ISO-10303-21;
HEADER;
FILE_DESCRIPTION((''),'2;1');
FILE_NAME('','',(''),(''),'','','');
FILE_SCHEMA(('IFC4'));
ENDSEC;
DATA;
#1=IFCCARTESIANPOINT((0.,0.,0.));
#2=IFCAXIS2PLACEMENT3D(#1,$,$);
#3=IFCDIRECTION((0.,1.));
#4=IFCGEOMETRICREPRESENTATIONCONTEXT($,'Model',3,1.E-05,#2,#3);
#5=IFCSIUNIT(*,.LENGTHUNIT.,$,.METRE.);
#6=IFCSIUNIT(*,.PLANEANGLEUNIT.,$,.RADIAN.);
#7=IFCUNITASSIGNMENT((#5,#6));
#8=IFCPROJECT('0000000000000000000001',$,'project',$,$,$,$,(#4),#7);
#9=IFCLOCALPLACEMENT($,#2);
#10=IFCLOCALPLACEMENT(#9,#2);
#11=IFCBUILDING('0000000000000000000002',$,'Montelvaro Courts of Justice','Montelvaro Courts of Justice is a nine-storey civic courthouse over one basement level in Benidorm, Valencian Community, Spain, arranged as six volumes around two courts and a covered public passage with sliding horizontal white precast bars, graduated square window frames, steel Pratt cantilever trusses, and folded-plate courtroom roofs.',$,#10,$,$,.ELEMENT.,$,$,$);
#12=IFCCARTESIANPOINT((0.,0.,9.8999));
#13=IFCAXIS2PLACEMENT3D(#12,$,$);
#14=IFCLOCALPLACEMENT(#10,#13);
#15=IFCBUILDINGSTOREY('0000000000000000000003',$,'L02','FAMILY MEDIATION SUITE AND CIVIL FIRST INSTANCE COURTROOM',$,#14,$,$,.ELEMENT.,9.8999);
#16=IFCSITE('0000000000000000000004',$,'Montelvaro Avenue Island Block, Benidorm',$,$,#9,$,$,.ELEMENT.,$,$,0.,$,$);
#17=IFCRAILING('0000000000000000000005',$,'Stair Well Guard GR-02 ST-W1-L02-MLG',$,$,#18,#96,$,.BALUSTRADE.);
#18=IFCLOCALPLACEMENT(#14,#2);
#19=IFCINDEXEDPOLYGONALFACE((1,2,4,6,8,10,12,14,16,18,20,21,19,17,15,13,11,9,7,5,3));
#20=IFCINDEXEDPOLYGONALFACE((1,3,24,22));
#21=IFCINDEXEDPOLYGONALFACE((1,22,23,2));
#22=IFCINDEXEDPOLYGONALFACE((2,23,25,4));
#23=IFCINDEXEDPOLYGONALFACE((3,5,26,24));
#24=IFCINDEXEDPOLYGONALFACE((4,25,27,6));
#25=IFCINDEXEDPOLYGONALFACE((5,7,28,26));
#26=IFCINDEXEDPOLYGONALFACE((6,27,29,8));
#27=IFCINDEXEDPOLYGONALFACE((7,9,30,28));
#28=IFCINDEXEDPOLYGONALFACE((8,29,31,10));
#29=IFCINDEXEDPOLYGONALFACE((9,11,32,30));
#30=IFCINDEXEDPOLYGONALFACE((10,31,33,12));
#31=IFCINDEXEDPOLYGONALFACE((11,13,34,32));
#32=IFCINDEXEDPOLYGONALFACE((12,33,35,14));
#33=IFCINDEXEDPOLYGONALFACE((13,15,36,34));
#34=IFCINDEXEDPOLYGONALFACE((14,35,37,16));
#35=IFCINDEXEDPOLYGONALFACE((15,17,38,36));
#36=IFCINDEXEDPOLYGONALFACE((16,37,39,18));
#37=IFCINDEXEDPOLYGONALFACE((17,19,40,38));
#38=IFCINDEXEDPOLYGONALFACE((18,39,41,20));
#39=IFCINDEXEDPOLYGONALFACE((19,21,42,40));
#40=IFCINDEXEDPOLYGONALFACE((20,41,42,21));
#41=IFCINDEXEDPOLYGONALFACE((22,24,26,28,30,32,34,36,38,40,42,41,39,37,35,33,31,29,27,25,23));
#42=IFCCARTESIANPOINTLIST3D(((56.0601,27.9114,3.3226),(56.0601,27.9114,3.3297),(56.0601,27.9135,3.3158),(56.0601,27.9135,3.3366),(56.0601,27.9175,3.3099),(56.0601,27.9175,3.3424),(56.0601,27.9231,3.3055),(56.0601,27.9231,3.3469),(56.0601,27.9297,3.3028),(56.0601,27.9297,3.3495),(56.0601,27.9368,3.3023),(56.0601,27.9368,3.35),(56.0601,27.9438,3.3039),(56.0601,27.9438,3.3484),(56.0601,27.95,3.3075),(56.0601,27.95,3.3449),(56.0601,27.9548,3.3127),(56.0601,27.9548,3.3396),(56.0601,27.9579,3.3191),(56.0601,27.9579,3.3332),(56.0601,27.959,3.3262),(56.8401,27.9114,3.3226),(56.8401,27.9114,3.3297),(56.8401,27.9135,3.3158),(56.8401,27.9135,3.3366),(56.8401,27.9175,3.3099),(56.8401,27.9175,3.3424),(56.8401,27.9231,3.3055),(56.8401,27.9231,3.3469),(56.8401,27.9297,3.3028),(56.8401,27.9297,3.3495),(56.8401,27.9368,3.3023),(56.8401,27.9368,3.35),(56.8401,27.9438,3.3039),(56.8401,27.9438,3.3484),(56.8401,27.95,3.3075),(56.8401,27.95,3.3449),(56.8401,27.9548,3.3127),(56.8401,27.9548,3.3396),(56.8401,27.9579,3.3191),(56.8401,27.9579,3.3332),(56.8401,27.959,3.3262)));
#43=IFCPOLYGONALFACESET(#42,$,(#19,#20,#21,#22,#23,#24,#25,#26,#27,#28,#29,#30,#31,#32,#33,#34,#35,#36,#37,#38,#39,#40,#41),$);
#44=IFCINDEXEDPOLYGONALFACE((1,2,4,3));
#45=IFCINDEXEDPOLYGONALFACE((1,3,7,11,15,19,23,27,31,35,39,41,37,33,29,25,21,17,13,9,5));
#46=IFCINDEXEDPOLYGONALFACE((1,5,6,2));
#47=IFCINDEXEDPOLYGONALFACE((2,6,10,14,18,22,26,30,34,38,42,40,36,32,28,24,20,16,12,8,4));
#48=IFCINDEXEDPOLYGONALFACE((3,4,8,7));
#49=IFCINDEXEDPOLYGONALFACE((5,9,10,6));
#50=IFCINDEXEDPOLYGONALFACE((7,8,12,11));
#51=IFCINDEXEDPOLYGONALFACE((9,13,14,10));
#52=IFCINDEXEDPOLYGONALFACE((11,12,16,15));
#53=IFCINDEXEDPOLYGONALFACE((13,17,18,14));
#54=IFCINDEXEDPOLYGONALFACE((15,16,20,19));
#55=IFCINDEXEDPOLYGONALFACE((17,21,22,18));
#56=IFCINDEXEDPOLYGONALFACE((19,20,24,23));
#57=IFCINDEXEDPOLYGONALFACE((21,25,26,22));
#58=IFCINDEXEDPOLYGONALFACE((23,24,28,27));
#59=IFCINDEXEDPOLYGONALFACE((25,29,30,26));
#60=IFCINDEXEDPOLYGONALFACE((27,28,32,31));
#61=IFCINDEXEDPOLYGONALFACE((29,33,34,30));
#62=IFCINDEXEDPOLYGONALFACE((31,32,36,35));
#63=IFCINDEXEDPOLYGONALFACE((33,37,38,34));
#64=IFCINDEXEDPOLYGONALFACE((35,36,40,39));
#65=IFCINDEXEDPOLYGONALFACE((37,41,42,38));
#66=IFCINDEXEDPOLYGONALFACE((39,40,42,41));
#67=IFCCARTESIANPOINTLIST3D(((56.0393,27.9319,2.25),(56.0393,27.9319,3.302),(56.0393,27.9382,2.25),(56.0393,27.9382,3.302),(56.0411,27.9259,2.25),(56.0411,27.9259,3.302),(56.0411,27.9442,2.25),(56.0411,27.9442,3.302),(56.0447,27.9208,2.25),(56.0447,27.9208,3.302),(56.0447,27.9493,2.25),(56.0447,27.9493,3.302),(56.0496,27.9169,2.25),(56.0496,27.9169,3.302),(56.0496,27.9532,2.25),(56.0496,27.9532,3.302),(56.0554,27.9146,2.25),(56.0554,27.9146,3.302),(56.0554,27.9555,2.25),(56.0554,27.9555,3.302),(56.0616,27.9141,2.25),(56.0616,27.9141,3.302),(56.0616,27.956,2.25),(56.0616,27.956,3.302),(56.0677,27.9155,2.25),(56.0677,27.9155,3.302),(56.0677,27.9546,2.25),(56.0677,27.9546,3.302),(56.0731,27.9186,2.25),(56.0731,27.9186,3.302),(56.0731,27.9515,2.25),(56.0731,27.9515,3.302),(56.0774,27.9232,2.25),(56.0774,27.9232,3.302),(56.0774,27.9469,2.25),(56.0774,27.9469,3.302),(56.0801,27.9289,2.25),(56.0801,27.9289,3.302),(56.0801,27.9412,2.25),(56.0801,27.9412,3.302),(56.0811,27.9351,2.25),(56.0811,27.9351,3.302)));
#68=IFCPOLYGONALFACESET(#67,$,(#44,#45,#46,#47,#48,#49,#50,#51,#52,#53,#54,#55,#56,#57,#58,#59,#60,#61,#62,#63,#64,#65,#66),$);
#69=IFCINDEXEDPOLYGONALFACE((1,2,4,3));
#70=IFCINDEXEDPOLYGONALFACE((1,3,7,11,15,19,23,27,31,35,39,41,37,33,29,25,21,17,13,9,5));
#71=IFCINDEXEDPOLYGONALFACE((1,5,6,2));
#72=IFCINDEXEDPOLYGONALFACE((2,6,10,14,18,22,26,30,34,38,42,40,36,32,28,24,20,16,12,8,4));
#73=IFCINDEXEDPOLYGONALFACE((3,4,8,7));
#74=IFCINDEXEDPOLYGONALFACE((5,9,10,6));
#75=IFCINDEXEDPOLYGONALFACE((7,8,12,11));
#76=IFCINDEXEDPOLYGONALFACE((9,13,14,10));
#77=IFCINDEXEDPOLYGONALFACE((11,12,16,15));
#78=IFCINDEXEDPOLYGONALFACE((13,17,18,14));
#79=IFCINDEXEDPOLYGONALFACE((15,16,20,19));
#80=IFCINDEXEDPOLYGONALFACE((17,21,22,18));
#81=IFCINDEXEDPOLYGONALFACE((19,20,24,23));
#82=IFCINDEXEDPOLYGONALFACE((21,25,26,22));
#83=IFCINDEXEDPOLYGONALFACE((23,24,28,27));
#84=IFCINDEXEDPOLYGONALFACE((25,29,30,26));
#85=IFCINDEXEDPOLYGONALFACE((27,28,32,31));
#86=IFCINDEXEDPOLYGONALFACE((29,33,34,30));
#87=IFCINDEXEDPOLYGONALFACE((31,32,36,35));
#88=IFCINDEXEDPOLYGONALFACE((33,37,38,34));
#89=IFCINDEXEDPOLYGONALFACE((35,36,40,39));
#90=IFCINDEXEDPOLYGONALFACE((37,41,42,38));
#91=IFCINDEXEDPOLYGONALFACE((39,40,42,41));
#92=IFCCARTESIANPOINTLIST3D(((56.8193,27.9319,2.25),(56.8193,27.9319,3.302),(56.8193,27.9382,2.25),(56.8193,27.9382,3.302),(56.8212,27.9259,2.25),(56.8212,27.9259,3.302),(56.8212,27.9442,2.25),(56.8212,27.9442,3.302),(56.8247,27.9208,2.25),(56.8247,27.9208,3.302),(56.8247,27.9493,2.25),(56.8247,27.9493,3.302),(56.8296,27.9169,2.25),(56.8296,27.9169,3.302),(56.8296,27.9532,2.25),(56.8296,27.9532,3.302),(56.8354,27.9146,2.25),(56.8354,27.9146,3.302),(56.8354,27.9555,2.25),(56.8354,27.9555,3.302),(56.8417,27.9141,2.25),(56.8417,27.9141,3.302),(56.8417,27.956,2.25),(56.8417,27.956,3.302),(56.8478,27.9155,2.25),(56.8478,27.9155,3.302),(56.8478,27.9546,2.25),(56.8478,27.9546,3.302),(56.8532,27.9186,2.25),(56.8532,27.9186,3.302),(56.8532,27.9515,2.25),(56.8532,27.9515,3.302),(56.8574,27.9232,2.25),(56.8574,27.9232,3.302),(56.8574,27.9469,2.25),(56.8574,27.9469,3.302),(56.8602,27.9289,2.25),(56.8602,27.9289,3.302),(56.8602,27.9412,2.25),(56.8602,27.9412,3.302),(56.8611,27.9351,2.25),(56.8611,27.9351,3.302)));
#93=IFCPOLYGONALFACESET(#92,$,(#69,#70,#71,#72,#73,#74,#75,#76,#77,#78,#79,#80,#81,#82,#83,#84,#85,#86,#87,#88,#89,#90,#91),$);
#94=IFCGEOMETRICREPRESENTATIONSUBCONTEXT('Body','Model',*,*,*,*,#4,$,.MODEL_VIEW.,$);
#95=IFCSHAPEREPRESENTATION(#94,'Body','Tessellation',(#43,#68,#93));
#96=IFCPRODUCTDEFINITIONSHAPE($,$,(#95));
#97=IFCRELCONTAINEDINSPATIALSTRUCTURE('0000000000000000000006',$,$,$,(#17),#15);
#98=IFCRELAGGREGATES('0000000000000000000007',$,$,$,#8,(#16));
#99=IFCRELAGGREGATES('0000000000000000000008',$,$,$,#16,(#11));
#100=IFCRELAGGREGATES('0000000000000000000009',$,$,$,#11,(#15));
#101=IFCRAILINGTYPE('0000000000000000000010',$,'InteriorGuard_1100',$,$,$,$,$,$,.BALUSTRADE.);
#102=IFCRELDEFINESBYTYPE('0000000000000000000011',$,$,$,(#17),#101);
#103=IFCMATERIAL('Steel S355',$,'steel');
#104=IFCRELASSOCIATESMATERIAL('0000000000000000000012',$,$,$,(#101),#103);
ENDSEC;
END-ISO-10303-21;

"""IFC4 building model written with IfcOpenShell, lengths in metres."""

from ifc_helpers import new_model, si_unit, direction, frame, origin, origin_2d, place, context, subcontext, project, spatial, circle, extrude, material, type_object, element, save


model = new_model("IFC4")

# Units and contexts
model_context = context("Model", 3, precision=1e-05, world=origin(), true_north=direction((0.0, 1.0)))
body_context = subcontext(model_context, "Body", "Model", "MODEL_VIEW")
ifc_project = project(units=[si_unit("LENGTHUNIT", "METRE"), si_unit("PLANEANGLEUNIT", "RADIAN")], contexts=[model_context])

# Site, building, storey
site_placement = place(None, origin())
site = spatial("IfcSite", under=ifc_project, at=site_placement, Name="Montelvaro Avenue Island Block, Benidorm", CompositionType="ELEMENT", RefElevation=0.0)
building_placement = place(site_placement, origin())
building = spatial("IfcBuilding", under=site, at=building_placement, Name="Montelvaro Courts of Justice", Description="Montelvaro Courts of Justice is a nine-storey civic courthouse over one basement level in Benidorm, Valencian Community, Spain, arranged as six volumes around two courts and a covered public passage with sliding horizontal white precast bars, graduated square window frames, steel Pratt cantilever trusses, and folded-plate courtroom roofs.", CompositionType="ELEMENT")
storey_placement = place(building_placement, frame((0.0, 0.0, 9.8999)))
storey = spatial("IfcBuildingStorey", under=building, at=storey_placement, Name="L02", Description="FAMILY MEDIATION SUITE AND CIVIL FIRST INSTANCE COURTROOM", CompositionType="ELEMENT", Elevation=9.8999)

# Shared definitions
ifc_material_1 = material(Name="Steel S355", Category="steel")

# Railing
railing_type_1 = type_object("IfcRailingType", Name="InteriorGuard_1100", PredefinedType="BALUSTRADE", material=ifc_material_1)
railing_1_placement = place(storey_placement, frame((56.0601, 27.9351, 2.25)))
element("IfcRailing", 1, at=railing_1_placement, inside=storey, type_object=railing_type_1, Name="Stair Well Guard GR-02 ST-W1-L02-MLG", PredefinedType="BALUSTRADE", context=body_context, shape_type="SweptSolid", body=[
    extrude(circle(Radius=0.0239, at=origin_2d()), frame((0.0, 0.0, 1.0762), z_axis=(1.0, 0.0, 0.0), x_axis=(0.0, 1.0, 0.0)), (0.0, 0.0, 1.0), 0.78),
    extrude(circle(Radius=0.021, at=origin_2d()), origin(), (0.0, 0.0, 1.0), 1.052),
    extrude(circle(Radius=0.021, at=origin_2d()), frame((0.78, 0.0, 0.0)), (0.0, 0.0, 1.0), 1.052),
])

save(model, "model.ifc")
